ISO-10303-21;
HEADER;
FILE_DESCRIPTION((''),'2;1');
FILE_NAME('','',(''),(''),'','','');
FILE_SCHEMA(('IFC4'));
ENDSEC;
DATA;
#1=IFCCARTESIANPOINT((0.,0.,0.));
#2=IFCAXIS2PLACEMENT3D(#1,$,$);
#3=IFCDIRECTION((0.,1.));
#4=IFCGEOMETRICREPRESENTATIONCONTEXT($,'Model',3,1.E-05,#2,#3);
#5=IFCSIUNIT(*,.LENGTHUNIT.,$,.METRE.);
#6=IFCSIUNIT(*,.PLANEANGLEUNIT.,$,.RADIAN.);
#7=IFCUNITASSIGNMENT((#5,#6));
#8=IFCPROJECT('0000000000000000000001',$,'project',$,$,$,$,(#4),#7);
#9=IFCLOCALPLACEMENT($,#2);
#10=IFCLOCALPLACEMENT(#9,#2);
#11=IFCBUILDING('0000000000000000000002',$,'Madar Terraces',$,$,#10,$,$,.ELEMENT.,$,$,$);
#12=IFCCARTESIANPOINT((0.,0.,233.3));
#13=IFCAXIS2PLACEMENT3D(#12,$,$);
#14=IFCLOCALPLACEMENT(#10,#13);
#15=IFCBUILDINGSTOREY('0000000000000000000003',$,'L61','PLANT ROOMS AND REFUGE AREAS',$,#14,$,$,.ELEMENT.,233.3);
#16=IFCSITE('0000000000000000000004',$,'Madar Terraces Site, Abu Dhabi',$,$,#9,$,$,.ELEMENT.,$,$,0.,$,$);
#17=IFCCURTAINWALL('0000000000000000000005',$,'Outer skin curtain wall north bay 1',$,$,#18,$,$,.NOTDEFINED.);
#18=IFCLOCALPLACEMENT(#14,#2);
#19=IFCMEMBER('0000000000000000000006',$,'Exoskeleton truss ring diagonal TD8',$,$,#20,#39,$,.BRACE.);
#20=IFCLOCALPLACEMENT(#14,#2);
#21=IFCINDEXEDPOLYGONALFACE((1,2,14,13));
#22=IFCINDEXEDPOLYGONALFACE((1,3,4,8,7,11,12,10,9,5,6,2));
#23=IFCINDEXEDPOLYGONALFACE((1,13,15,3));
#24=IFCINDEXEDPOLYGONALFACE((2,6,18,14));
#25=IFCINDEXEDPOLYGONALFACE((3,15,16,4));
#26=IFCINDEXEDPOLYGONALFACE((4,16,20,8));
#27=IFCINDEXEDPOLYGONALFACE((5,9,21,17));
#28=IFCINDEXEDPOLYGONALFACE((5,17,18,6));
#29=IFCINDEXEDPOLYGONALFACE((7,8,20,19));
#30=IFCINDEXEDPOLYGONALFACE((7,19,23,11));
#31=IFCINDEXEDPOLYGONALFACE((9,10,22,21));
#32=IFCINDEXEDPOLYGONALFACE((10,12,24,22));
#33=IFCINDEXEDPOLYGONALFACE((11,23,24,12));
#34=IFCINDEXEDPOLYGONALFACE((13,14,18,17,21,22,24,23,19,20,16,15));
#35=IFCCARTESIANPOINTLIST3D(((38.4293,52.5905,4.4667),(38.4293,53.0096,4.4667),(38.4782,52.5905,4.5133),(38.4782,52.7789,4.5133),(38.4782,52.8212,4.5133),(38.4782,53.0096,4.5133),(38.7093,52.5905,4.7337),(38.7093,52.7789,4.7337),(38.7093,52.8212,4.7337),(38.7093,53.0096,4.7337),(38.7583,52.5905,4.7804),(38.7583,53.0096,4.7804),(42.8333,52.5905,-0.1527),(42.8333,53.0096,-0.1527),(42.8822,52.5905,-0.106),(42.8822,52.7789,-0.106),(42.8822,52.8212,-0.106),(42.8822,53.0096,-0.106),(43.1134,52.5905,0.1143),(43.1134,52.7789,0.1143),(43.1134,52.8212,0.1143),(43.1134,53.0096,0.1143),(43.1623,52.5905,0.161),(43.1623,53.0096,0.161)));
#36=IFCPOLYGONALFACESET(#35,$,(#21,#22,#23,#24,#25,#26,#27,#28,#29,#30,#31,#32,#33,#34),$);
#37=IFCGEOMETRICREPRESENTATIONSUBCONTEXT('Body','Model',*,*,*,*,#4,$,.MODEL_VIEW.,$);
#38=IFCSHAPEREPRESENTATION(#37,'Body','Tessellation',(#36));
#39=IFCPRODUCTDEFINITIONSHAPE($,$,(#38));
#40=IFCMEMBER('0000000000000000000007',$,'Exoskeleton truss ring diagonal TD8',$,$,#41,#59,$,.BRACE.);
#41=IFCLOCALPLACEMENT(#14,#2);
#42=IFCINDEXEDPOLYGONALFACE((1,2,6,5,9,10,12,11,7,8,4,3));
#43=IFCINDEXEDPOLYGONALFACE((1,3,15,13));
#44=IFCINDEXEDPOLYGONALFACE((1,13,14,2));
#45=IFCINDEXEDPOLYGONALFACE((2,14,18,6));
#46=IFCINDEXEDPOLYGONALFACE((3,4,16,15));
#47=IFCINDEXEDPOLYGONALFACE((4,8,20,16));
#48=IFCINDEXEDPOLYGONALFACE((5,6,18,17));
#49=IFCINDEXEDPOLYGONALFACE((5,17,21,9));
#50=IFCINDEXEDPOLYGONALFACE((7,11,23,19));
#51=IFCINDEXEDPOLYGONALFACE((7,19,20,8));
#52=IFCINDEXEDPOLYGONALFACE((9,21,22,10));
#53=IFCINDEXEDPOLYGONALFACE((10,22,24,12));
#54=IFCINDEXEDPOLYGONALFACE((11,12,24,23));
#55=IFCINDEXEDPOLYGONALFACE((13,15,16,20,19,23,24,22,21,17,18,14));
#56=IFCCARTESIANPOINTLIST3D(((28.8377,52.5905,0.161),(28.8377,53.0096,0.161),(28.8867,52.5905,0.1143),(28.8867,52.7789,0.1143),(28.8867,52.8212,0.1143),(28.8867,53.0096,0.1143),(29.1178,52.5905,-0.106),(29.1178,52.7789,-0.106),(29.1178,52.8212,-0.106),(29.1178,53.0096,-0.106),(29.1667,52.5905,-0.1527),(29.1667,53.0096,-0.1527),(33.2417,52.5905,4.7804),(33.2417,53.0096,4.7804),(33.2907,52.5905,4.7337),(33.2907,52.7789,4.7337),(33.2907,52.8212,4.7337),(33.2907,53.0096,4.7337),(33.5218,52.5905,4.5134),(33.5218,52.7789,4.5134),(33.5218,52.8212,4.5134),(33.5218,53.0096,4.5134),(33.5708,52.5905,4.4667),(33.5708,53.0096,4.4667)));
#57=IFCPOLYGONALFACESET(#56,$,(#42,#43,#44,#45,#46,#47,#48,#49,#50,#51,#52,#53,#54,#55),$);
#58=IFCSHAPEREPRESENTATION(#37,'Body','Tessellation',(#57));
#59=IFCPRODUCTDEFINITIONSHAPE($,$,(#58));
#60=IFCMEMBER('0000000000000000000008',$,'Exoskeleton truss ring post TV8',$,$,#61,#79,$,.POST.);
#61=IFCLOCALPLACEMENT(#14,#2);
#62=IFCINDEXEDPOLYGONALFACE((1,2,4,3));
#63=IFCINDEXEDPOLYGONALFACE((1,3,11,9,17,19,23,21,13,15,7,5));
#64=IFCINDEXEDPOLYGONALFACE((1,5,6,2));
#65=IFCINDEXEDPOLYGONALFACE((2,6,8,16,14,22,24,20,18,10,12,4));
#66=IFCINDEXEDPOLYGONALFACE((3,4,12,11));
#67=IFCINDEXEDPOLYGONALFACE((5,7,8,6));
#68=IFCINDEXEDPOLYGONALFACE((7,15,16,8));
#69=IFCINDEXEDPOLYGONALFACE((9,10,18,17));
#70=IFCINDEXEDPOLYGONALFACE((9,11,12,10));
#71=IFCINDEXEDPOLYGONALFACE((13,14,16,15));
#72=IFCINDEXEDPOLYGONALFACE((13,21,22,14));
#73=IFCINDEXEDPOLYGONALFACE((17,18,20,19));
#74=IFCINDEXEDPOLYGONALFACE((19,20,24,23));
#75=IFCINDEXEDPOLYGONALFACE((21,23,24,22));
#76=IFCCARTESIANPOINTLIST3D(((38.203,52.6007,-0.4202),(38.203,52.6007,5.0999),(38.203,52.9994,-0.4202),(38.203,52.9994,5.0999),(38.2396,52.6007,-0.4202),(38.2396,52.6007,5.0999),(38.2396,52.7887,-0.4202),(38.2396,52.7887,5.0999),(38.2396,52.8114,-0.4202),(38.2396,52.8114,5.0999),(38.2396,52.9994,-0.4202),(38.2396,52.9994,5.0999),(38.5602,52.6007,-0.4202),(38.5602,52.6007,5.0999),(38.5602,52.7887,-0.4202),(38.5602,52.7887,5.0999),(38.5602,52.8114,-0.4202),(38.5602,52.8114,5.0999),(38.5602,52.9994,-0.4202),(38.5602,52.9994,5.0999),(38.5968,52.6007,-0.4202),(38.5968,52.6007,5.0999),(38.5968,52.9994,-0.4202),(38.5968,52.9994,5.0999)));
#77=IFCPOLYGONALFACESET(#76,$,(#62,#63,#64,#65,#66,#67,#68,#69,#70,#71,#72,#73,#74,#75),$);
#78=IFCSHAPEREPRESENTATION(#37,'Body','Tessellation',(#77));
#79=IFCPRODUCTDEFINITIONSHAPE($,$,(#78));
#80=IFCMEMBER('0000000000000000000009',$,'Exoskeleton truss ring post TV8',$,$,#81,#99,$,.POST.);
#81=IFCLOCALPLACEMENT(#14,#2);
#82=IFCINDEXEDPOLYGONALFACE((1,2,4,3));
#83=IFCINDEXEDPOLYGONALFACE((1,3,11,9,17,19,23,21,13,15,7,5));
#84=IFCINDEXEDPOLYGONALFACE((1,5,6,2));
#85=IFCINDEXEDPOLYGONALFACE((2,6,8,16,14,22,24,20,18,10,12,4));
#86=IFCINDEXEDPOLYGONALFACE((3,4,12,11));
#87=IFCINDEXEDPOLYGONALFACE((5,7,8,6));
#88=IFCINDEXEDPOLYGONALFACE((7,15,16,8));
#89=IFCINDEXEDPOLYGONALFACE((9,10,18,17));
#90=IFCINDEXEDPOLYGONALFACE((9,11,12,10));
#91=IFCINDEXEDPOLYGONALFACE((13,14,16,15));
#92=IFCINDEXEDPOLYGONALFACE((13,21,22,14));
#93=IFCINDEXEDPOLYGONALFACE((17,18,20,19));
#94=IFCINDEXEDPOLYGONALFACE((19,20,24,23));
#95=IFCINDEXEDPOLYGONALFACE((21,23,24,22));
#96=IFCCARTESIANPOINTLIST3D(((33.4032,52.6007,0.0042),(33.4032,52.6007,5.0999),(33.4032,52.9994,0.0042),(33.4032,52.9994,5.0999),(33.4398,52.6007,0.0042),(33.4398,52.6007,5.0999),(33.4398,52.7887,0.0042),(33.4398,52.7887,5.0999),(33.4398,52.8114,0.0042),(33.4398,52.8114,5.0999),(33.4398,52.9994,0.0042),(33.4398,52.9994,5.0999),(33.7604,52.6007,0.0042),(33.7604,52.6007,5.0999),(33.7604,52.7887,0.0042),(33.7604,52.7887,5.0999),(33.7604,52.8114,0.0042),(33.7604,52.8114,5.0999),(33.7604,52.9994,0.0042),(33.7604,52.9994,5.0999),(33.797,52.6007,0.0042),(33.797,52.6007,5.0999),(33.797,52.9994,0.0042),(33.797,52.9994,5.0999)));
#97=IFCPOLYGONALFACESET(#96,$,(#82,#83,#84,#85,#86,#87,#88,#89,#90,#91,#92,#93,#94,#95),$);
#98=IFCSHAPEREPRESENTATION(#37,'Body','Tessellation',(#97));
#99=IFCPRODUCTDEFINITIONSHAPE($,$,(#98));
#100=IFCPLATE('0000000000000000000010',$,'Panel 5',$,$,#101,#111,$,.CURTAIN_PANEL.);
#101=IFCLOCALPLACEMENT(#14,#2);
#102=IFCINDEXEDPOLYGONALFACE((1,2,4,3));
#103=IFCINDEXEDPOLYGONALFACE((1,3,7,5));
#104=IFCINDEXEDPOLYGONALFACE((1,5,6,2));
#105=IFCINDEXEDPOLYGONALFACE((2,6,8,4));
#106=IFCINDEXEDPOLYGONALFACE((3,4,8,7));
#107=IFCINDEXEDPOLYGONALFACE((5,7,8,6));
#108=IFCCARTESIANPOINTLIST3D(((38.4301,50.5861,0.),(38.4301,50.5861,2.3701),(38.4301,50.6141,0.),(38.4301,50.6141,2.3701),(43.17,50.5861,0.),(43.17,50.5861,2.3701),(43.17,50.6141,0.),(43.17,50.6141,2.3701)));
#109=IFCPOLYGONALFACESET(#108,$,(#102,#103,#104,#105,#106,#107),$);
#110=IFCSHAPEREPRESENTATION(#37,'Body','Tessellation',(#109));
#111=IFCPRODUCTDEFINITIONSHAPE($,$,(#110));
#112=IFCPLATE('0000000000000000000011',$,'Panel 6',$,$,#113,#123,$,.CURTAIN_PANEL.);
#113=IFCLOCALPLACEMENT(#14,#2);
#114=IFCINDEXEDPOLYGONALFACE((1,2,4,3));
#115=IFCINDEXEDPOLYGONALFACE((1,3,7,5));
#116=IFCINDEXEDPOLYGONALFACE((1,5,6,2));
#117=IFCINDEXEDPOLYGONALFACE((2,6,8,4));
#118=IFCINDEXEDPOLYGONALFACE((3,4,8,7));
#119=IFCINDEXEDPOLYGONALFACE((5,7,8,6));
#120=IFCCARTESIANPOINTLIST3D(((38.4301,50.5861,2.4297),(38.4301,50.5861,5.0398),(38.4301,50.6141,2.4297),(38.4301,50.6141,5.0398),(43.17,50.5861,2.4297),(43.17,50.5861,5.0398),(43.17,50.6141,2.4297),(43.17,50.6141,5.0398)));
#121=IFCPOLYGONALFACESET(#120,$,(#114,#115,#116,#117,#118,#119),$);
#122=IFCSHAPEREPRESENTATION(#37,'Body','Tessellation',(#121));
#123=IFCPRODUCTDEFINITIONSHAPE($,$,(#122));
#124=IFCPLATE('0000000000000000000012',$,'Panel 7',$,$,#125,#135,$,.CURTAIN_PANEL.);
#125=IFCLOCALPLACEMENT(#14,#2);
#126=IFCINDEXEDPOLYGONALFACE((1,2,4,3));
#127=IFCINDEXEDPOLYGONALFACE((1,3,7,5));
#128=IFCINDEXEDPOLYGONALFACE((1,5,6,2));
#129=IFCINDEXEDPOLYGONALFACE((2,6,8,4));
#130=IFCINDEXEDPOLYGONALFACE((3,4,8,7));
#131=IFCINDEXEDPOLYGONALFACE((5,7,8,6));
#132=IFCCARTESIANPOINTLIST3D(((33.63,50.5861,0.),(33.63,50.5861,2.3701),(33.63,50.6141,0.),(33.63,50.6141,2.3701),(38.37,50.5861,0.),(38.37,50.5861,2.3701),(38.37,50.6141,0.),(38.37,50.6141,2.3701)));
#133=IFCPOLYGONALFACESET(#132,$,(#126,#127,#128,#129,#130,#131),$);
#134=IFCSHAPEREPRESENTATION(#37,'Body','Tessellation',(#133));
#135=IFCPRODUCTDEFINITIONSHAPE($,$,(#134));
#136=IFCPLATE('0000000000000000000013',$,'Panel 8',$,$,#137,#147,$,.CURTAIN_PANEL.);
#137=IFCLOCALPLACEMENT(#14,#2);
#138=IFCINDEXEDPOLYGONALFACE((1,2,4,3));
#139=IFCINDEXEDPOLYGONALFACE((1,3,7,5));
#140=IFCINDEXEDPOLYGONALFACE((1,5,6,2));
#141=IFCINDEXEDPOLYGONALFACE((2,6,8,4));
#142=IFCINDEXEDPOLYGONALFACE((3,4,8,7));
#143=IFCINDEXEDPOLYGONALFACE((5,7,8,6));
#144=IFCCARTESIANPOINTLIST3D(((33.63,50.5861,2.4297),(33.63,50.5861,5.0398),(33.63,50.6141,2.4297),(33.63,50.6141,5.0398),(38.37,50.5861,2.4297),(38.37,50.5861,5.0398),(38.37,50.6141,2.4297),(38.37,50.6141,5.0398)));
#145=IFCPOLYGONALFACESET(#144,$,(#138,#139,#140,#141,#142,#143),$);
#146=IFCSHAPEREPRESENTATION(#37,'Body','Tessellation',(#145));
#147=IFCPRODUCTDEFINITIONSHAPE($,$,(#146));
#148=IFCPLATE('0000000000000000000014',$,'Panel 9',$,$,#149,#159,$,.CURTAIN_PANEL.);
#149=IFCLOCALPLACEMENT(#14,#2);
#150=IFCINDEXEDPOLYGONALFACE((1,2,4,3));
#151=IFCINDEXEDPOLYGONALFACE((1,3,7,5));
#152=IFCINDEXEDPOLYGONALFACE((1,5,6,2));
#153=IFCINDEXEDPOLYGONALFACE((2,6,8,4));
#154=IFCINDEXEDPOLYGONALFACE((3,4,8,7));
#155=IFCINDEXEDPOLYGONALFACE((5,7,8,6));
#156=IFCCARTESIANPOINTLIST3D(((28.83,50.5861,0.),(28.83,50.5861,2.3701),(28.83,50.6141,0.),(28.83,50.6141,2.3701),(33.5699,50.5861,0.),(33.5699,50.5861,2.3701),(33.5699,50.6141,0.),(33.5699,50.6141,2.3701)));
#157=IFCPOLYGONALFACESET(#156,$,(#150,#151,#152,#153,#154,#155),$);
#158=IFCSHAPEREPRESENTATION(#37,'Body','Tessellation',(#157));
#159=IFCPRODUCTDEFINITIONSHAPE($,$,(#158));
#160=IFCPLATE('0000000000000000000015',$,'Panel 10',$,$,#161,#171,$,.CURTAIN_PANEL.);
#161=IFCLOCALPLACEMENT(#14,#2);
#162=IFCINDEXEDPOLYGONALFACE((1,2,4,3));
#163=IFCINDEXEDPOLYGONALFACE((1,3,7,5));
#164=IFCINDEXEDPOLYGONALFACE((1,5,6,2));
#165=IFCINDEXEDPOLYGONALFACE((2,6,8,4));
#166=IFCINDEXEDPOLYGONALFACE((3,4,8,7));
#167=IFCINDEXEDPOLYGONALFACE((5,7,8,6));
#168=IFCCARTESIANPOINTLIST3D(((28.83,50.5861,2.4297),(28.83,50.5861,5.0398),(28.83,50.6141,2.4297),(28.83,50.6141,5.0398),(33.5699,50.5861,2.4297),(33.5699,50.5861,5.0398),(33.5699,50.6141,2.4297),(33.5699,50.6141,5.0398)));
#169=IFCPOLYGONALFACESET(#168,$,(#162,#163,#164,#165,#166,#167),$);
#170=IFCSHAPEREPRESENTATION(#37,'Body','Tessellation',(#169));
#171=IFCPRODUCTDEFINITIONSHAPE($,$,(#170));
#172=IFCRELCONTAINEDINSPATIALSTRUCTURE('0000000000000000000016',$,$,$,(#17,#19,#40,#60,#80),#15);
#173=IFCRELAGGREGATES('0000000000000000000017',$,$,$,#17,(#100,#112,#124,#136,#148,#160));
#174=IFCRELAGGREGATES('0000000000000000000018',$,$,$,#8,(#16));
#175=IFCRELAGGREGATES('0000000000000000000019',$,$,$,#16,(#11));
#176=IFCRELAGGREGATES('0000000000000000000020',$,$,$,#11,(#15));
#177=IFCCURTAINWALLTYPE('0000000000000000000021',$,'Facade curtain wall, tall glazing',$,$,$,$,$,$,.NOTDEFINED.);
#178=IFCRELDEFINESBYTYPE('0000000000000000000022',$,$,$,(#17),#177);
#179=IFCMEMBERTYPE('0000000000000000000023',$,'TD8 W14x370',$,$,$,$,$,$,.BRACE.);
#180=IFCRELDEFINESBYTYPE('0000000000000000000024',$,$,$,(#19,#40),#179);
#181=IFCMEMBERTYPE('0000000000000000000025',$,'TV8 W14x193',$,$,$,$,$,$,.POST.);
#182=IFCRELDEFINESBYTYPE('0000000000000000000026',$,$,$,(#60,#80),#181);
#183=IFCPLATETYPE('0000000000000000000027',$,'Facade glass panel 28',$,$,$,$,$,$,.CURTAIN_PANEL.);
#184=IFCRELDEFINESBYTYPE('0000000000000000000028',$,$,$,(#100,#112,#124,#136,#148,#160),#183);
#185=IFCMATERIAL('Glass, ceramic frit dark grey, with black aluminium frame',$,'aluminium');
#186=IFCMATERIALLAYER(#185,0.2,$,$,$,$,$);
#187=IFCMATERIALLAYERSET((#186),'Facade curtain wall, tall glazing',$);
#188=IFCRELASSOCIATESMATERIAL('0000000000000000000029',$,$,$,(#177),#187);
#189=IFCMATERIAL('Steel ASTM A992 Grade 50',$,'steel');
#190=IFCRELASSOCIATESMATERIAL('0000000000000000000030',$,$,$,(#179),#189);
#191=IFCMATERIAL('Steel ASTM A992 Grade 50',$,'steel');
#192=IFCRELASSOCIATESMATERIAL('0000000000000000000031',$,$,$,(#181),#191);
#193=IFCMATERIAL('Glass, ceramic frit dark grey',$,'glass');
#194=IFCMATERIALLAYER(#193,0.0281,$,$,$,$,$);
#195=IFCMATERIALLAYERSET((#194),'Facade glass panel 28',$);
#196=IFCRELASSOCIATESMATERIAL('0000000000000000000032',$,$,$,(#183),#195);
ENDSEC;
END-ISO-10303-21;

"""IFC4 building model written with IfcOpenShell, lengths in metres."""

from ifc_helpers import new_model, si_unit, direction, frame, origin, origin_2d, place, context, subcontext, project, spatial, rectangle, i_section, extrude, material, layer, layer_set, material_profile, profile_set, type_object, element, aggregate, save


model = new_model("IFC4")

# Units and contexts
model_context = context("Model", 3, precision=1e-05, world=origin(), true_north=direction((0.0, 1.0)))
body_context = subcontext(model_context, "Body", "Model", "MODEL_VIEW")
ifc_project = project(units=[si_unit("LENGTHUNIT", "METRE"), si_unit("PLANEANGLEUNIT", "RADIAN")], contexts=[model_context])

# Site, building, storey
site_placement = place(None, origin())
site = spatial("IfcSite", under=ifc_project, at=site_placement, Name="Madar Terraces Site, Abu Dhabi", CompositionType="ELEMENT", RefElevation=0.0)
building_placement = place(site_placement, origin())
building = spatial("IfcBuilding", under=site, at=building_placement, Name="Madar Terraces", CompositionType="ELEMENT")
storey_placement = place(building_placement, frame((0.0, 0.0, 233.3)))
storey = spatial("IfcBuildingStorey", under=building, at=storey_placement, Name="L61", Description="PLANT ROOMS AND REFUGE AREAS", CompositionType="ELEMENT", Elevation=233.3)

# Curtain wall
ifc_material_1 = material(Name="Glass, ceramic frit dark grey, with black aluminium frame", Category="aluminium")
ifc_layer_1 = layer(ifc_material_1, 0.2)
ifc_layer_set_1 = layer_set([ifc_layer_1], Name="Facade curtain wall, tall glazing")
curtain_wall_type = type_object("IfcCurtainWallType", Name="Facade curtain wall, tall glazing", PredefinedType="NOTDEFINED", material=ifc_layer_set_1)
curtain_wall_placement = place(storey_placement, origin())
curtain_wall = element("IfcCurtainWall", 1, at=curtain_wall_placement, inside=storey, type_object=curtain_wall_type, Name="Outer skin curtain wall north bay 1", PredefinedType="NOTDEFINED")

# Members
ifc_material_2 = material(Name="Steel ASTM A992 Grade 50", Category="steel")
ifc_material_profile_1 = material_profile(ifc_material_2, i_section(OverallWidth=0.4192, OverallDepth=0.4546, WebThickness=0.0422, FlangeThickness=0.0676, at=origin_2d()), Name="W14x370")
ifc_profile_set_1 = profile_set([ifc_material_profile_1], Name="Steel ASTM A992 Grade 50")
member_type_1 = type_object("IfcMemberType", Name="TD8 W14x370", PredefinedType="BRACE", material=ifc_profile_set_1)
for number, where, z_axis, x_axis, name in (
    (2, (42.9978, 52.8, 0.0042), (-0.690036, 0.0, 0.723775), (0.0, -1.0, 0.0), "Exoskeleton truss ring diagonal TD8"),
    (3, (33.4062, 52.8, 4.6235), (-0.690036, 0.0, -0.723775), (0.0, -1.0, 0.0), "Exoskeleton truss ring diagonal TD8"),
):
    element("IfcMember", number, at=place(storey_placement, frame(where, z_axis=z_axis, x_axis=x_axis)), inside=storey, type_object=member_type_1, Name=name, PredefinedType="BRACE", context=body_context, shape_type="SweptSolid", body=[
        extrude(i_section(OverallWidth=0.4192, OverallDepth=0.4546, WebThickness=0.0422, FlangeThickness=0.0676, at=origin_2d()), origin(), (0.0, 0.0, 1.0), 6.3823),
    ])
ifc_material_3 = material(Name="Steel ASTM A992 Grade 50", Category="steel")
ifc_material_profile_2 = material_profile(ifc_material_3, i_section(OverallWidth=0.3987, OverallDepth=0.3938, WebThickness=0.0227, FlangeThickness=0.0366, at=origin_2d()), Name="W14x193")
ifc_profile_set_2 = profile_set([ifc_material_profile_2], Name="Steel ASTM A992 Grade 50")
member_type_2 = type_object("IfcMemberType", Name="TV8 W14x193", PredefinedType="POST", material=ifc_profile_set_2)
member_1_placement = place(storey_placement, frame((38.3999, 52.8, -0.4202), z_axis=(0.0, 0.0, 1.0), x_axis=(0.0, -1.0, 0.0)))
element("IfcMember", 4, at=member_1_placement, inside=storey, type_object=member_type_2, Name="Exoskeleton truss ring post TV8", PredefinedType="POST", context=body_context, shape_type="SweptSolid", body=[
    extrude(i_section(OverallWidth=0.3987, OverallDepth=0.3938, WebThickness=0.0227, FlangeThickness=0.0366, at=origin_2d()), origin(), (0.0, 0.0, 1.0), 5.52),
])
member_2_placement = place(storey_placement, frame((33.6001, 52.8, 0.0042), z_axis=(0.0, 0.0, 1.0), x_axis=(0.0, -1.0, 0.0)))
element("IfcMember", 5, at=member_2_placement, inside=storey, type_object=member_type_2, Name="Exoskeleton truss ring post TV8", PredefinedType="POST", context=body_context, shape_type="SweptSolid", body=[
    extrude(i_section(OverallWidth=0.3987, OverallDepth=0.3938, WebThickness=0.0227, FlangeThickness=0.0366, at=origin_2d()), origin(), (0.0, 0.0, 1.0), 5.0957),
])

# Plates
ifc_material_4 = material(Name="Glass, ceramic frit dark grey", Category="glass")
ifc_layer_2 = layer(ifc_material_4, 0.0281)
ifc_layer_set_2 = layer_set([ifc_layer_2], Name="Facade glass panel 28")
plate_type = type_object("IfcPlateType", Name="Facade glass panel 28", PredefinedType="CURTAIN_PANEL", material=ifc_layer_set_2)
plate_1_placement = place(storey_placement, frame((40.8, 50.6001, 0.0), z_axis=(0.0, 0.0, 1.0), x_axis=(-1.0, 0.0, 0.0)))
plate_1 = element("IfcPlate", 6, at=plate_1_placement, type_object=plate_type, Name="Panel 5", PredefinedType="CURTAIN_PANEL", context=body_context, shape_type="SweptSolid", body=[
    extrude(rectangle(XDim=4.74, YDim=0.0281, at=origin_2d()), origin(), (0.0, 0.0, 1.0), 2.3701),
])
plate_2_placement = place(storey_placement, frame((40.8, 50.6001, 2.4297), z_axis=(0.0, 0.0, 1.0), x_axis=(-1.0, 0.0, 0.0)))
plate_2 = element("IfcPlate", 7, at=plate_2_placement, type_object=plate_type, Name="Panel 6", PredefinedType="CURTAIN_PANEL", context=body_context, shape_type="SweptSolid", body=[
    extrude(rectangle(XDim=4.74, YDim=0.0281, at=origin_2d()), origin(), (0.0, 0.0, 1.0), 2.6101),
])
plate_3_placement = place(storey_placement, frame((36.0, 50.6001, 0.0), z_axis=(0.0, 0.0, 1.0), x_axis=(-1.0, 0.0, 0.0)))
plate_3 = element("IfcPlate", 8, at=plate_3_placement, type_object=plate_type, Name="Panel 7", PredefinedType="CURTAIN_PANEL", context=body_context, shape_type="SweptSolid", body=[
    extrude(rectangle(XDim=4.74, YDim=0.0281, at=origin_2d()), origin(), (0.0, 0.0, 1.0), 2.3701),
])
plate_4_placement = place(storey_placement, frame((36.0, 50.6001, 2.4297), z_axis=(0.0, 0.0, 1.0), x_axis=(-1.0, 0.0, 0.0)))
plate_4 = element("IfcPlate", 9, at=plate_4_placement, type_object=plate_type, Name="Panel 8", PredefinedType="CURTAIN_PANEL", context=body_context, shape_type="SweptSolid", body=[
    extrude(rectangle(XDim=4.74, YDim=0.0281, at=origin_2d()), origin(), (0.0, 0.0, 1.0), 2.6101),
])
plate_5_placement = place(storey_placement, frame((31.2, 50.6001, 0.0), z_axis=(0.0, 0.0, 1.0), x_axis=(-1.0, 0.0, 0.0)))
plate_5 = element("IfcPlate", 10, at=plate_5_placement, type_object=plate_type, Name="Panel 9", PredefinedType="CURTAIN_PANEL", context=body_context, shape_type="SweptSolid", body=[
    extrude(rectangle(XDim=4.74, YDim=0.0281, at=origin_2d()), origin(), (0.0, 0.0, 1.0), 2.3701),
])
plate_6_placement = place(storey_placement, frame((31.2, 50.6001, 2.4297), z_axis=(0.0, 0.0, 1.0), x_axis=(-1.0, 0.0, 0.0)))
plate_6 = element("IfcPlate", 11, at=plate_6_placement, type_object=plate_type, Name="Panel 10", PredefinedType="CURTAIN_PANEL", context=body_context, shape_type="SweptSolid", body=[
    extrude(rectangle(XDim=4.74, YDim=0.0281, at=origin_2d()), origin(), (0.0, 0.0, 1.0), 2.6101),
])
aggregate(curtain_wall, [plate_1, plate_2, plate_3, plate_4, plate_5, plate_6])

save(model, "model.ifc")
